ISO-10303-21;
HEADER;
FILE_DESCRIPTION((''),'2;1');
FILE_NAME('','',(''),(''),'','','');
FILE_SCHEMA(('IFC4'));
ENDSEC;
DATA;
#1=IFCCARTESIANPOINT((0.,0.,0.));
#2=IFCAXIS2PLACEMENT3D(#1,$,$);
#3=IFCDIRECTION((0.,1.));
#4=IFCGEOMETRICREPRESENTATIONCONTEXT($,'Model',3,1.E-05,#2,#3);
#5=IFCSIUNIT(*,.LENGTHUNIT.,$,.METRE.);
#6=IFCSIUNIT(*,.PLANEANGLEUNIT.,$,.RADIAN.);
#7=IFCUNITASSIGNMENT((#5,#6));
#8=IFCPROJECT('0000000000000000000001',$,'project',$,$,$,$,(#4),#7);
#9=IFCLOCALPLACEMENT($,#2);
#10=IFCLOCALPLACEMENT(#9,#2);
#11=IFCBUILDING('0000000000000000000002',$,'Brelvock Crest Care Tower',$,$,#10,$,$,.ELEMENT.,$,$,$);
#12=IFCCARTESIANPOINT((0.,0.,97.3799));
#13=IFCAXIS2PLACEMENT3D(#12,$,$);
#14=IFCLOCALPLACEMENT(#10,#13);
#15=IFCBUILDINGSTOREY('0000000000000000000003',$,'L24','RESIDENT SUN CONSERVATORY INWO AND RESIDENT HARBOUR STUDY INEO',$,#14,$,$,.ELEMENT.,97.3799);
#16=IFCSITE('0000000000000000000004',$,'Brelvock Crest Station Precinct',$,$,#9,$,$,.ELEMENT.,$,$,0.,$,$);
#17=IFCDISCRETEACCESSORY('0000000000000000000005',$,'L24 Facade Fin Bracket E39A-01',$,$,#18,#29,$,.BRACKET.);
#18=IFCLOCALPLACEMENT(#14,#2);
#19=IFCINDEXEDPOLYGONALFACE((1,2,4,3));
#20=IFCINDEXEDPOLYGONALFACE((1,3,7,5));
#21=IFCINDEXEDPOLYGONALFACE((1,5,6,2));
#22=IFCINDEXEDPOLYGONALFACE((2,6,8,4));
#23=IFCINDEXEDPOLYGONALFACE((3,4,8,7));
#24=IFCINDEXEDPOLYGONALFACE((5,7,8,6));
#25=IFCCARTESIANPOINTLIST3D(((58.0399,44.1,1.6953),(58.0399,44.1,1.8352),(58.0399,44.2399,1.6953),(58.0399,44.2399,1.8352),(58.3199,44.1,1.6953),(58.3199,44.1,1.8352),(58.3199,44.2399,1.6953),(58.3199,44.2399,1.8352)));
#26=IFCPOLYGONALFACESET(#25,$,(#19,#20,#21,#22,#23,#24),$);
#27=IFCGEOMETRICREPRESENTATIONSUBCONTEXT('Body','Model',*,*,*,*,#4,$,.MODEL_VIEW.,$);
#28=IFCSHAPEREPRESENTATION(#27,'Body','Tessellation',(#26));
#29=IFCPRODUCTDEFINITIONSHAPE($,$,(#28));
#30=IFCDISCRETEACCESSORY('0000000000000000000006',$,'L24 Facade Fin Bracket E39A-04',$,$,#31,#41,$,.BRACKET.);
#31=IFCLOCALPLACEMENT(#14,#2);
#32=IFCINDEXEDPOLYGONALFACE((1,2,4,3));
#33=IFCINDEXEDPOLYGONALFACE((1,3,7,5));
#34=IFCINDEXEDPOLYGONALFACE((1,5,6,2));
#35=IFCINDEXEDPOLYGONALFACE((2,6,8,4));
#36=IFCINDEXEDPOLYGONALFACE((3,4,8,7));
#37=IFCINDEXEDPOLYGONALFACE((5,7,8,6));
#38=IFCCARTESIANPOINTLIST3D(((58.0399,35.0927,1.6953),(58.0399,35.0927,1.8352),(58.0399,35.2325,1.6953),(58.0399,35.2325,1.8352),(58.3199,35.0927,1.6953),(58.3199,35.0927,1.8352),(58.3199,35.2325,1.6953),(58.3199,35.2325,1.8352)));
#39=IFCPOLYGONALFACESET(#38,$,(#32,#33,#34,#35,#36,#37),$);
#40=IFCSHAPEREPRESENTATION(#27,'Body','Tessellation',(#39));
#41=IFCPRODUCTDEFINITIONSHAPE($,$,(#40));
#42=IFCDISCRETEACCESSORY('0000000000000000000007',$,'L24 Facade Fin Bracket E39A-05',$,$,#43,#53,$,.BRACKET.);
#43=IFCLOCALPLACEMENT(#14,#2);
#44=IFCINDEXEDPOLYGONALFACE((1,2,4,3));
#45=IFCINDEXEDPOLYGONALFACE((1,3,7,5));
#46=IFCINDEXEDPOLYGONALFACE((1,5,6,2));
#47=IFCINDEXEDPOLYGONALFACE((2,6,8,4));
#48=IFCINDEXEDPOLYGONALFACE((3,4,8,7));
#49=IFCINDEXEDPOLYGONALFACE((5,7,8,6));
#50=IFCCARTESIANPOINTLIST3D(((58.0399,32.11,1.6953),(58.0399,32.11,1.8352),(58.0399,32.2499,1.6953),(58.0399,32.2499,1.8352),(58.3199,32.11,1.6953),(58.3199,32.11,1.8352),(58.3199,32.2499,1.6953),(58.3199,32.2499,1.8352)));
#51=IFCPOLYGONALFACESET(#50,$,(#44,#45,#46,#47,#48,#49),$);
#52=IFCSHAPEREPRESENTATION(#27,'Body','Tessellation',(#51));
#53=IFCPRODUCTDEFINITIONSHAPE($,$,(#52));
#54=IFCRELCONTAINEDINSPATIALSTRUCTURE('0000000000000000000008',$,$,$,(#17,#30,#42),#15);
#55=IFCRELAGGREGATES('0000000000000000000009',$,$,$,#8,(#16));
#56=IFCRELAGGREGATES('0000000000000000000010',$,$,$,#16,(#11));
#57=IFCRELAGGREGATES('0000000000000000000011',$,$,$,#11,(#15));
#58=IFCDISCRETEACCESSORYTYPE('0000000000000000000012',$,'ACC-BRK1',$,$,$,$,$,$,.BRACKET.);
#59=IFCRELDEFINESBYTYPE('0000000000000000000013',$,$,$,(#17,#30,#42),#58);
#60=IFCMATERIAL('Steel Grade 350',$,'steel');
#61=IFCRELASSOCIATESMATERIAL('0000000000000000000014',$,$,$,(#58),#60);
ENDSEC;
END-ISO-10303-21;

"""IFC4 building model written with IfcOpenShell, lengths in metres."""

from ifc_helpers import new_model, si_unit, direction, frame, origin, origin_2d, place, context, subcontext, project, spatial, rectangle, extrude, source, transform, mapped, material, type_object, element, save


model = new_model("IFC4")

# Units and contexts
model_context = context("Model", 3, precision=1e-05, world=origin(), true_north=direction((0.0, 1.0)))
body_context = subcontext(model_context, "Body", "Model", "MODEL_VIEW")
ifc_project = project(units=[si_unit("LENGTHUNIT", "METRE"), si_unit("PLANEANGLEUNIT", "RADIAN")], contexts=[model_context])

# Site, building, storey
site_placement = place(None, origin())
site = spatial("IfcSite", under=ifc_project, at=site_placement, Name="Brelvock Crest Station Precinct", CompositionType="ELEMENT", RefElevation=0.0)
building_placement = place(site_placement, origin())
building = spatial("IfcBuilding", under=site, at=building_placement, Name="Brelvock Crest Care Tower", CompositionType="ELEMENT")
storey_placement = place(building_placement, frame((0.0, 0.0, 97.3799)))
storey = spatial("IfcBuildingStorey", under=building, at=storey_placement, Name="L24", Description="RESIDENT SUN CONSERVATORY INWO AND RESIDENT HARBOUR STUDY INEO", CompositionType="ELEMENT", Elevation=97.3799)

# Discrete accessories
ifc_material_1 = material(Name="Steel Grade 350", Category="steel")
discrete_accessory_type = type_object("IfcDiscreteAccessoryType", Name="ACC-BRK1", PredefinedType="BRACKET", material=ifc_material_1)
shared_shape_1 = source(origin(), body_context, "Body", "SweptSolid", [
    extrude(rectangle(XDim=0.28, YDim=0.1399, at=origin_2d()), origin(), (0.0, 0.0, 1.0), 0.1399),
])
for number, where, z_axis, x_axis, name in (
    (1, (58.1799, 44.1699, 1.6953), (0.0, 0.0, 1.0), (1.0, 0.0, 0.0), "L24 Facade Fin Bracket E39A-01"),
    (2, (58.1799, 35.1626, 1.6953), (0.0, 0.0, 1.0), (1.0, 0.0, 0.0), "L24 Facade Fin Bracket E39A-04"),
    (3, (58.1799, 32.1799, 1.6953), (0.0, 0.0, 1.0), (1.0, 0.0, 0.0), "L24 Facade Fin Bracket E39A-05"),
):
    element("IfcDiscreteAccessory", number, at=place(storey_placement, frame(where, z_axis=z_axis, x_axis=x_axis)), inside=storey, type_object=discrete_accessory_type, Name=name, PredefinedType="BRACKET", context=body_context, shape_type="MappedRepresentation", body=[
        mapped(shared_shape_1, transform((0.0, 0.0, 0.0), x_axis=(1.0, 0.0, 0.0), y_axis=(0.0, 1.0, 0.0), z_axis=(0.0, 0.0, 1.0), scale=1.0)),
    ])

save(model, "model.ifc")
